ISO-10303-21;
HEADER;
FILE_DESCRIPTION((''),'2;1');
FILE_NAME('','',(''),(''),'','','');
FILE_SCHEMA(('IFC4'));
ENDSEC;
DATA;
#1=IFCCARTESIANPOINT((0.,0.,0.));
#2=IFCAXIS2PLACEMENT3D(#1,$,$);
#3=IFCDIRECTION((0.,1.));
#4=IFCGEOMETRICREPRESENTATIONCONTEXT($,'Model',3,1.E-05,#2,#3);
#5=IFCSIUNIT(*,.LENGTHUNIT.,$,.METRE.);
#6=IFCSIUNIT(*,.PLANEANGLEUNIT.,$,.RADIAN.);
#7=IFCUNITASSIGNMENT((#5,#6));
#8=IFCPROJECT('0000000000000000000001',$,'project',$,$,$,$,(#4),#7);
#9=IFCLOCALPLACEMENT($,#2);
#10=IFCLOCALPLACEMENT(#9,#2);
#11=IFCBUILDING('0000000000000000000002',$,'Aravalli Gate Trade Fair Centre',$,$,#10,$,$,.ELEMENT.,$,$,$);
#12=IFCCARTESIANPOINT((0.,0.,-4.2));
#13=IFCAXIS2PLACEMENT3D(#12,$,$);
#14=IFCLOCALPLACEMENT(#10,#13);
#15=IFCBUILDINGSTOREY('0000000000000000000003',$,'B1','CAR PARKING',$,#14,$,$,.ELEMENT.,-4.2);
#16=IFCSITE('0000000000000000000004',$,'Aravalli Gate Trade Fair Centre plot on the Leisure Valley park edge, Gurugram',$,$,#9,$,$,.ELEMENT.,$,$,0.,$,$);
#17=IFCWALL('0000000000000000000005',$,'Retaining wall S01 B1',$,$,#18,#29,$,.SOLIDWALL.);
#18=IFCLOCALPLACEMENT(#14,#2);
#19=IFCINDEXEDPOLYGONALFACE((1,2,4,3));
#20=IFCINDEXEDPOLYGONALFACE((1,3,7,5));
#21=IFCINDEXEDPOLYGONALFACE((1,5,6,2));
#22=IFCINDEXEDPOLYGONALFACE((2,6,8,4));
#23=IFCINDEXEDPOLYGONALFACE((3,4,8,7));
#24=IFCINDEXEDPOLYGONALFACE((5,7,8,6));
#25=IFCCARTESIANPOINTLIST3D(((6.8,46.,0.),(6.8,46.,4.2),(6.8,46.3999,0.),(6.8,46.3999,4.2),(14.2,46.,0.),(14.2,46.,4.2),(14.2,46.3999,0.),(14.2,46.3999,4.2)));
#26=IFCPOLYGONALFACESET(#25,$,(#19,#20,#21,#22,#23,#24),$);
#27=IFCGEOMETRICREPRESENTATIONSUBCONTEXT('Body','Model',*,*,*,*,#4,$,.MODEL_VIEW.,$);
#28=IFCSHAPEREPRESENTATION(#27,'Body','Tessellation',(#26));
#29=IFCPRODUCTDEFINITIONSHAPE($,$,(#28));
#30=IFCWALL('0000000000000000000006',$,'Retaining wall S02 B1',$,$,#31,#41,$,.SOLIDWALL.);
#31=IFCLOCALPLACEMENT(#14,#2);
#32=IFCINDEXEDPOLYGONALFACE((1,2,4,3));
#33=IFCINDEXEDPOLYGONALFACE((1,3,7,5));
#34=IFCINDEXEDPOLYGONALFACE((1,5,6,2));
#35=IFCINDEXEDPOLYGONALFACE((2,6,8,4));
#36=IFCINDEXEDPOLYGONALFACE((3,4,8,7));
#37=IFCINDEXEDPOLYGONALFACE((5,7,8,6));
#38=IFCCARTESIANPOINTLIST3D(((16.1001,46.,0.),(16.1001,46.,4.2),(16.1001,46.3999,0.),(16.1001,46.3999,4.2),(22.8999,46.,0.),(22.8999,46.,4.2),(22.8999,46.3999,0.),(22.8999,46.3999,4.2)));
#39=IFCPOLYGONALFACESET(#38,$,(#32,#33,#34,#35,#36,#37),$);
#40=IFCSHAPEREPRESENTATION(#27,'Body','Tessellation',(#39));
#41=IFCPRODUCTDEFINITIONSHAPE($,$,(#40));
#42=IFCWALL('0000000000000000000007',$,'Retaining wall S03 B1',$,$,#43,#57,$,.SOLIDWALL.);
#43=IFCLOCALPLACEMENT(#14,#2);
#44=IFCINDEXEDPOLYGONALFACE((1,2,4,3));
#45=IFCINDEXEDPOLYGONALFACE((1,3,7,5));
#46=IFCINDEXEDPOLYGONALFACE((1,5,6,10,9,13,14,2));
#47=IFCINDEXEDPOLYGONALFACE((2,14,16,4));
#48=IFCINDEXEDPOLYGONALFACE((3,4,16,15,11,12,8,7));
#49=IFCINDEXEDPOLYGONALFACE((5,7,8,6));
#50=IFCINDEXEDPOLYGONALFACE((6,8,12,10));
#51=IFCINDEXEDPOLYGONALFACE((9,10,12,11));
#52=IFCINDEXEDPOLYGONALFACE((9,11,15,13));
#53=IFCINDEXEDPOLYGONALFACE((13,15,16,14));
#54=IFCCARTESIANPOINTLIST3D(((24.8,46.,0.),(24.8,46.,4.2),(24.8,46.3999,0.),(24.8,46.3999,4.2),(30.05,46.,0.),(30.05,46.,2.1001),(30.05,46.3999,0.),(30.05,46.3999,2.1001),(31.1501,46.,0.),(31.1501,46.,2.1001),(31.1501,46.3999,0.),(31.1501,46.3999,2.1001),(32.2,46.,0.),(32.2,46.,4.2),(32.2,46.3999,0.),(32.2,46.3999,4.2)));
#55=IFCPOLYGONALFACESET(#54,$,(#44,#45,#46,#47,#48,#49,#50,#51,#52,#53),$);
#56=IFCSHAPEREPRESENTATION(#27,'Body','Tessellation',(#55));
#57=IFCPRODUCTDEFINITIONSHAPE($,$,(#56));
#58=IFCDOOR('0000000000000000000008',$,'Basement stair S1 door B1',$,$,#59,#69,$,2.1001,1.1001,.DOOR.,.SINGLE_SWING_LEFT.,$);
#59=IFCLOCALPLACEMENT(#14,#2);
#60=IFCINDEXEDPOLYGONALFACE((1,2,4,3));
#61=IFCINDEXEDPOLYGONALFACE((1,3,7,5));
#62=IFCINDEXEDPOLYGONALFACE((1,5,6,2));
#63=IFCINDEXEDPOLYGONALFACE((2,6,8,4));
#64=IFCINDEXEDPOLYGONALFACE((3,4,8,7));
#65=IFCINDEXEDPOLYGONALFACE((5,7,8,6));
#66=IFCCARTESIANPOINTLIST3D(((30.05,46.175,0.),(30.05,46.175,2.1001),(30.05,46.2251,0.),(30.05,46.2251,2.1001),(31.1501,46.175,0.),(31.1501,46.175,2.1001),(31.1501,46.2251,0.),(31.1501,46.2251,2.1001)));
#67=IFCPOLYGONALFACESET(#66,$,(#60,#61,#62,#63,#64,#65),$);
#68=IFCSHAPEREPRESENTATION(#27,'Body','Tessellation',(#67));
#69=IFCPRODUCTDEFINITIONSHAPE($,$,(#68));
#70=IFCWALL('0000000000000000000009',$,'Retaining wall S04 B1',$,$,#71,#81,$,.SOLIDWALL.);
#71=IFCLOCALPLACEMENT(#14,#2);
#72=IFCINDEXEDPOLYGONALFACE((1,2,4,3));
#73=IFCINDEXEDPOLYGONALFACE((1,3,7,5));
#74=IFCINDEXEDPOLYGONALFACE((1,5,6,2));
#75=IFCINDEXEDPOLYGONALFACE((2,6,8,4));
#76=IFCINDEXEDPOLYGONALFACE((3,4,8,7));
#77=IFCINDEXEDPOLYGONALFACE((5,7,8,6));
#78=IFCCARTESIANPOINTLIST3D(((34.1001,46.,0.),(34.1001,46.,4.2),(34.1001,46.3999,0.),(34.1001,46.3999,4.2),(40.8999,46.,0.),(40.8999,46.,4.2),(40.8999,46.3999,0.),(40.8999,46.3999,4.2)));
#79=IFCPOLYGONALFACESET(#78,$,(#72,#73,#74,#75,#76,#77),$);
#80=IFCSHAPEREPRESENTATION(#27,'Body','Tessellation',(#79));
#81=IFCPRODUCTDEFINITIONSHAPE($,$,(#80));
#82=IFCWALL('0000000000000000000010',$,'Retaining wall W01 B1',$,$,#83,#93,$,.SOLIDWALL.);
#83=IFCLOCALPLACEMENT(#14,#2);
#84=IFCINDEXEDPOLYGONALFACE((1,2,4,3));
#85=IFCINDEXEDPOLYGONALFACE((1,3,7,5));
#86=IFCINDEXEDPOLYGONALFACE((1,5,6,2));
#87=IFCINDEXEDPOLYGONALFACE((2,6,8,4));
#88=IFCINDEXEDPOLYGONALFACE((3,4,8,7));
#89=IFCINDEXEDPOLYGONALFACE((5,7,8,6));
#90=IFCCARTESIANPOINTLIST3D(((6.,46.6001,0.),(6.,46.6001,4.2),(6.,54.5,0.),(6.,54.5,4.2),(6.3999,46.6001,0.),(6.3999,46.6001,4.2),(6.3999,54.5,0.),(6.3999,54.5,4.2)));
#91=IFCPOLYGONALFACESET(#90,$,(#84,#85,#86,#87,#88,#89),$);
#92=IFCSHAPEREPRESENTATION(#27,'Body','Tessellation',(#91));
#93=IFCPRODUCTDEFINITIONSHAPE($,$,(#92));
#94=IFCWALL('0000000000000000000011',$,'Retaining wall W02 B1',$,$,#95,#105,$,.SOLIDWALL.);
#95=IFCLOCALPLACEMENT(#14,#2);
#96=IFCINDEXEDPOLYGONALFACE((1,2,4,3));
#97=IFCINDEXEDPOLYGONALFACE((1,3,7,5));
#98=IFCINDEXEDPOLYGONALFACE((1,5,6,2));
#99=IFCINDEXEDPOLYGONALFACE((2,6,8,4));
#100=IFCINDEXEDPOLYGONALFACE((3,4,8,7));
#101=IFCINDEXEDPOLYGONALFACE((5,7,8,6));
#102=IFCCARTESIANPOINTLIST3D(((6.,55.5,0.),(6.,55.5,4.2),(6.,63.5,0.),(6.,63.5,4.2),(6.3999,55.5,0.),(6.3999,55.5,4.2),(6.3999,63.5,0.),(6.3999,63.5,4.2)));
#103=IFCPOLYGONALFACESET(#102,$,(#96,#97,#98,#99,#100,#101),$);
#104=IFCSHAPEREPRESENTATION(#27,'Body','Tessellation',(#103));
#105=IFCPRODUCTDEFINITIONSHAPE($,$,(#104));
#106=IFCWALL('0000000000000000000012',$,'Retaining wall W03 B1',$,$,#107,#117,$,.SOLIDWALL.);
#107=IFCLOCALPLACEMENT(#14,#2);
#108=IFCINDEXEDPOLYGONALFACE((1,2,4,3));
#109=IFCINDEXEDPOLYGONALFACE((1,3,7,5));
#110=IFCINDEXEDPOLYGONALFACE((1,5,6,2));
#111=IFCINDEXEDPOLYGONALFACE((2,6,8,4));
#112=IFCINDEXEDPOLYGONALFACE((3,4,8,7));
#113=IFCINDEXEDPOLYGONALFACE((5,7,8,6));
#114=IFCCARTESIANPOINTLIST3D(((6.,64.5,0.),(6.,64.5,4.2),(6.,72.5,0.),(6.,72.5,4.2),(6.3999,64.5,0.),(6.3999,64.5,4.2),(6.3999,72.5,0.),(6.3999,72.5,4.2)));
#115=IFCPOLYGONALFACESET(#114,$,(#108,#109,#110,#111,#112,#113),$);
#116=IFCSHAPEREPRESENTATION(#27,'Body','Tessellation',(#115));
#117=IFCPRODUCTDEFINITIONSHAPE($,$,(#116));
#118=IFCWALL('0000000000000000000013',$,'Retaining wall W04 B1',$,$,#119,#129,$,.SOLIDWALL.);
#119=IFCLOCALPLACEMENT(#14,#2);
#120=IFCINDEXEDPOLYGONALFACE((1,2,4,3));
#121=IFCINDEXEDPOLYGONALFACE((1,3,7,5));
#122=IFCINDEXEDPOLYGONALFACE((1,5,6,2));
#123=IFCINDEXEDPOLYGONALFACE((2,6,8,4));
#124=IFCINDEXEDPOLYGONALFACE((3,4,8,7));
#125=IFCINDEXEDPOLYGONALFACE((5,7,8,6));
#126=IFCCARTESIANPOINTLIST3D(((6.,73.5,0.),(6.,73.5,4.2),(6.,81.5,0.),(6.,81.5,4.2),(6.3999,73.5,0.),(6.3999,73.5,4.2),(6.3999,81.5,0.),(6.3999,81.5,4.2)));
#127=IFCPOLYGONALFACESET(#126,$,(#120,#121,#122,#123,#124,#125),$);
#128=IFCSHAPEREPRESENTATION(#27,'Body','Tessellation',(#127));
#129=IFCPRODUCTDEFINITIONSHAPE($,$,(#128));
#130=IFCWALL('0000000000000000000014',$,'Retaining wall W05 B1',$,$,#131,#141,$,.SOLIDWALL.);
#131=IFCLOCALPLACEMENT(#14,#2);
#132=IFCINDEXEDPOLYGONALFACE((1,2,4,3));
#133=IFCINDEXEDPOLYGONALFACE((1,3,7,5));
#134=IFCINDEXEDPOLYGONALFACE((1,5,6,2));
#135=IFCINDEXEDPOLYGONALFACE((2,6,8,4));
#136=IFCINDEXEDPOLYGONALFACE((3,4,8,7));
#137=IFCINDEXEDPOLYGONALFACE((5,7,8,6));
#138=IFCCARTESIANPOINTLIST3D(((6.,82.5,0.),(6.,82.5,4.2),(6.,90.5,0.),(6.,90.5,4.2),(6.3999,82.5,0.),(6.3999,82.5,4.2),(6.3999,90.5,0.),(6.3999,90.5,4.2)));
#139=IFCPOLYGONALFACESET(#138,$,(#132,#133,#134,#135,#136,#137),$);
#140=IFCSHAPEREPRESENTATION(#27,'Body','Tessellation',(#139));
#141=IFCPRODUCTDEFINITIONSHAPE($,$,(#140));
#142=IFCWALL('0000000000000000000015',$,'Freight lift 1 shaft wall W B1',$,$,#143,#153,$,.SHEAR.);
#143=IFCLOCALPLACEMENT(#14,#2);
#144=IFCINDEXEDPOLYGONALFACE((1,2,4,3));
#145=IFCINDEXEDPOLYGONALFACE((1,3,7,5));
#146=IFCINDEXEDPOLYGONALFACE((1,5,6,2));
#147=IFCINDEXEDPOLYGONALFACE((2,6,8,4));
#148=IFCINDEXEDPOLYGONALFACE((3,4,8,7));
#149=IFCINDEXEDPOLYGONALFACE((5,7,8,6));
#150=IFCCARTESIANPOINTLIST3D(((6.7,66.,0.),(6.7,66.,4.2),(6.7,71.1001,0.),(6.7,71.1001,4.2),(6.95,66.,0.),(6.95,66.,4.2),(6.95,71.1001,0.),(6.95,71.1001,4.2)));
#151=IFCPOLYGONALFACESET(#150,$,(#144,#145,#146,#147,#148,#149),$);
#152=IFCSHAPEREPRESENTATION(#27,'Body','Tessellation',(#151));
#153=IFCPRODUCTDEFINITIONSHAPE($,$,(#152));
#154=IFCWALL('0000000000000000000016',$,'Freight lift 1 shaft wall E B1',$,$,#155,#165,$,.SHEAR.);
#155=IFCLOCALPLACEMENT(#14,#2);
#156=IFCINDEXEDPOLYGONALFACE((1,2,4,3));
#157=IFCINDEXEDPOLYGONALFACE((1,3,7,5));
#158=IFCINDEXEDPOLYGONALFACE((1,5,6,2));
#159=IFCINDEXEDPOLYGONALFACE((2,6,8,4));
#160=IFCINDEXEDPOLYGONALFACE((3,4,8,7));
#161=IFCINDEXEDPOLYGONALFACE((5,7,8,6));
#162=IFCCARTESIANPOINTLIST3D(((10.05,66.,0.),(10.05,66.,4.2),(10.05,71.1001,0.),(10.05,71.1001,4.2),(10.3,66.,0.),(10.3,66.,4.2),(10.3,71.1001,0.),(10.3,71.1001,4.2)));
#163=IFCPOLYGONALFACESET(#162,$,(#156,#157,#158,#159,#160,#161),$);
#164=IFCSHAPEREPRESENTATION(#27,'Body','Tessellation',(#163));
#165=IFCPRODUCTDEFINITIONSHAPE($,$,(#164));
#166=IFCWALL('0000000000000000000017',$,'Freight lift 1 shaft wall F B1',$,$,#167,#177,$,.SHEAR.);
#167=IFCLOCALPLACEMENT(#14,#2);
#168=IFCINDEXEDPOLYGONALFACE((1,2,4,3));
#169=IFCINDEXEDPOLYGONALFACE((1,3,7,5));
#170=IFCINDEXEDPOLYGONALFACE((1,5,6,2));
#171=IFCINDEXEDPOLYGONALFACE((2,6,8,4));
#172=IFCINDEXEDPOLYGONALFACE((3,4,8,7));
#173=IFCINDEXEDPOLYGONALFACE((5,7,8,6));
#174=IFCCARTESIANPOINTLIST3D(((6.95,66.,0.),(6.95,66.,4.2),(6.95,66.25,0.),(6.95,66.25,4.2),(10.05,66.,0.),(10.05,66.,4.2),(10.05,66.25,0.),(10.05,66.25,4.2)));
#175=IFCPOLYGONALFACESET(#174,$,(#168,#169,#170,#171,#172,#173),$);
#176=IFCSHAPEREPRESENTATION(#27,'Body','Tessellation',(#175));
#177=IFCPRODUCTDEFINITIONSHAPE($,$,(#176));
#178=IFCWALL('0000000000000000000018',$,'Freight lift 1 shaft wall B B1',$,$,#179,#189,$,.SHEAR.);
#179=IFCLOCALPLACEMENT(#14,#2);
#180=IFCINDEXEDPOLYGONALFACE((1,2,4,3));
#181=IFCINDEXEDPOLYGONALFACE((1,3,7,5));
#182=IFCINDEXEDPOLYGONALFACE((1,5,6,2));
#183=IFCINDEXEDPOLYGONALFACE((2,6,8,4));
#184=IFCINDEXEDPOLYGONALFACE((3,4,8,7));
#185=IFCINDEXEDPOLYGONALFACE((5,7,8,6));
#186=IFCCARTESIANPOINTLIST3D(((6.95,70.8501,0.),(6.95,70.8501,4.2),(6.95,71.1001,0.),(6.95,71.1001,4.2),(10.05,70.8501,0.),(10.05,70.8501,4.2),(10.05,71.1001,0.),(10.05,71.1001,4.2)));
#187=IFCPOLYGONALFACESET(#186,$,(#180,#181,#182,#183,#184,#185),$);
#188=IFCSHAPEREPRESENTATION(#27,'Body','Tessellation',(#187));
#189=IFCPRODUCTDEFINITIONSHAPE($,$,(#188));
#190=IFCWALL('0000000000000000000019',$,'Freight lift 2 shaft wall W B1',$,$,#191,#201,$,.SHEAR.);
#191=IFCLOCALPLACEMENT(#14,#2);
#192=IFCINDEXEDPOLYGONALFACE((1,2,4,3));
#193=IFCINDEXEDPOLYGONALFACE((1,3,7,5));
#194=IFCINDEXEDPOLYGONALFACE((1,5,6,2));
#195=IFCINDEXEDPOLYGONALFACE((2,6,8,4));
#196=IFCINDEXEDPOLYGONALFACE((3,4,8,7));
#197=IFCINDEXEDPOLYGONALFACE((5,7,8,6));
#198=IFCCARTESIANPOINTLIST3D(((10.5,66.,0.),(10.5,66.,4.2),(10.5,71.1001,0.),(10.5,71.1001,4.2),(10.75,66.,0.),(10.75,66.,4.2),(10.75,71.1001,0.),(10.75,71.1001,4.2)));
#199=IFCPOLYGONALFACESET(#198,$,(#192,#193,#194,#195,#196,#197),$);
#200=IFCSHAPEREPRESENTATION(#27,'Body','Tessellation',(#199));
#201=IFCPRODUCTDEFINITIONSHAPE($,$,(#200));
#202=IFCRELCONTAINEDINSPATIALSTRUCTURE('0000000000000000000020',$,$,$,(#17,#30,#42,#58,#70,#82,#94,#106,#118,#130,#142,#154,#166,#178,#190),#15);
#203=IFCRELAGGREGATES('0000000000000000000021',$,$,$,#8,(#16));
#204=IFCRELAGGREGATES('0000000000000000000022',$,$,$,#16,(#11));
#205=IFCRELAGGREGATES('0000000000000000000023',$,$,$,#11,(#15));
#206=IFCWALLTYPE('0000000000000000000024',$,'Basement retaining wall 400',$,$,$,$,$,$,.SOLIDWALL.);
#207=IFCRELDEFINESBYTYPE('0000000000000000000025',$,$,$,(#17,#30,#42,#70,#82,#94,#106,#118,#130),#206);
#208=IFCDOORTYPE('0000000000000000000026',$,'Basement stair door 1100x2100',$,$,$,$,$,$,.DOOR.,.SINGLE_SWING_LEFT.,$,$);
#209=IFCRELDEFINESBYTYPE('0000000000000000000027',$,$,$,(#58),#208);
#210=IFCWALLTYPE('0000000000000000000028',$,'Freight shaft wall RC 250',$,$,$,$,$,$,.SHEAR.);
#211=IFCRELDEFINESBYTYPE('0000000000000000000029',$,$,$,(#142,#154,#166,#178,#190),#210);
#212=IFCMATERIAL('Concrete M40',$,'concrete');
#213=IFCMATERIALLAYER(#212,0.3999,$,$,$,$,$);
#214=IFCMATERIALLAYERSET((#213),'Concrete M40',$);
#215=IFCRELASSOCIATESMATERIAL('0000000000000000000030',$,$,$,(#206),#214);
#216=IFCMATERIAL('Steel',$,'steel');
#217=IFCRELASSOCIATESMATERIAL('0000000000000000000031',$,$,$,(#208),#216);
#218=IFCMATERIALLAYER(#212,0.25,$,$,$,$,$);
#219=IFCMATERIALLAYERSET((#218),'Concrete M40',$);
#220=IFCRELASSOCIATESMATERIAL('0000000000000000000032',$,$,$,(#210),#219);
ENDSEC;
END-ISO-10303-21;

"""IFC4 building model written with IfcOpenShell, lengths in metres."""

from ifc_helpers import new_model, si_unit, direction, frame, frame_2d, origin, place, context, subcontext, project, spatial, rectangle, extrude, material, layer, layer_set, type_object, element, fill, save


model = new_model("IFC4")

# Units and contexts
model_context = context("Model", 3, precision=1e-05, world=origin(), true_north=direction((0.0, 1.0)))
body_context = subcontext(model_context, "Body", "Model", "MODEL_VIEW")
ifc_project = project(units=[si_unit("LENGTHUNIT", "METRE"), si_unit("PLANEANGLEUNIT", "RADIAN")], contexts=[model_context])

# Site, building, storey
site_placement = place(None, origin())
site = spatial("IfcSite", under=ifc_project, at=site_placement, Name="Aravalli Gate Trade Fair Centre plot on the Leisure Valley park edge, Gurugram", CompositionType="ELEMENT", RefElevation=0.0)
building_placement = place(site_placement, origin())
building = spatial("IfcBuilding", under=site, at=building_placement, Name="Aravalli Gate Trade Fair Centre", CompositionType="ELEMENT")
storey_placement = place(building_placement, frame((0.0, 0.0, -4.2)))
storey = spatial("IfcBuildingStorey", under=building, at=storey_placement, Name="B1", Description="CAR PARKING", CompositionType="ELEMENT", Elevation=-4.2)

# Walls
ifc_material_1 = material(Name="Concrete M40", Category="concrete")
ifc_layer_1 = layer(ifc_material_1, 0.3999)
ifc_layer_set_1 = layer_set([ifc_layer_1], Name="Concrete M40")
wall_type_1 = type_object("IfcWallType", Name="Basement retaining wall 400", PredefinedType="SOLIDWALL", material=ifc_layer_set_1)
wall_1_placement = place(storey_placement, frame((6.8, 46.2, 0.0), z_axis=(0.0, 0.0, 1.0), x_axis=(1.0, 0.0, 0.0)))
element("IfcWall", 1, at=wall_1_placement, inside=storey, type_object=wall_type_1, Name="Retaining wall S01 B1", PredefinedType="SOLIDWALL", context=body_context, shape_type="SweptSolid", body=[
    extrude(rectangle(XDim=7.3999, YDim=0.3999, at=frame_2d((3.7, 0.0))), origin(), (0.0, 0.0, 1.0), 4.2),
])
wall_2_placement = place(storey_placement, frame((16.1001, 46.2, 0.0), z_axis=(0.0, 0.0, 1.0), x_axis=(1.0, 0.0, 0.0)))
element("IfcWall", 2, at=wall_2_placement, inside=storey, type_object=wall_type_1, Name="Retaining wall S02 B1", PredefinedType="SOLIDWALL", context=body_context, shape_type="SweptSolid", body=[
    extrude(rectangle(XDim=6.7998, YDim=0.3999, at=frame_2d((3.3999, 0.0))), origin(), (0.0, 0.0, 1.0), 4.2),
])

# Wall, opening, door
wall_3_placement = place(storey_placement, frame((24.8, 46.2, 0.0), z_axis=(0.0, 0.0, 1.0), x_axis=(1.0, 0.0, 0.0)))
wall_3 = element("IfcWall", 3, at=wall_3_placement, inside=storey, type_object=wall_type_1, Name="Retaining wall S03 B1", PredefinedType="SOLIDWALL", context=body_context, shape_type="SweptSolid", body=[
    extrude(rectangle(XDim=7.3999, YDim=0.3999, at=frame_2d((3.7, 0.0))), origin(), (0.0, 0.0, 1.0), 4.2),
])
opening_placement = place(wall_3_placement, frame((5.25, 0.0, 0.0)))
opening = element("IfcOpeningElement", 4, at=opening_placement, cuts=wall_3, PredefinedType="OPENING", context=body_context, shape_type="SweptSolid", body=[
    extrude(rectangle(XDim=1.1001, YDim=2.1001, at=frame_2d((0.55, 1.05))), frame((0.0, 0.21, 0.0), z_axis=(0.0, -1.0, 0.0), x_axis=(1.0, 0.0, 0.0)), (0.0, 0.0, 1.0), 0.4199),
])
ifc_material_2 = material(Name="Steel", Category="steel")
door_type = type_object("IfcDoorType", Name="Basement stair door 1100x2100", OperationType="SINGLE_SWING_LEFT", PredefinedType="DOOR", material=ifc_material_2)
door_placement = place(opening_placement, frame((1.1001, 0.0, 0.0), z_axis=(0.0, 0.0, 1.0), x_axis=(-1.0, 0.0, 0.0)))
door = element("IfcDoor", 5, at=door_placement, inside=storey, type_object=door_type, Name="Basement stair S1 door B1", OperationType="SINGLE_SWING_LEFT", OverallHeight=2.1001, OverallWidth=1.1001, PredefinedType="DOOR", context=body_context, shape_type="SweptSolid", body=[
    extrude(rectangle(XDim=1.1001, YDim=2.1001, at=frame_2d((0.55, 1.05))), frame((0.0, 0.0249, 0.0), z_axis=(0.0, -1.0, 0.0), x_axis=(1.0, 0.0, 0.0)), (0.0, 0.0, 1.0), 0.05),
])
fill(opening, door)

# Walls
wall_4_placement = place(storey_placement, frame((34.1001, 46.2, 0.0), z_axis=(0.0, 0.0, 1.0), x_axis=(1.0, 0.0, 0.0)))
element("IfcWall", 6, at=wall_4_placement, inside=storey, type_object=wall_type_1, Name="Retaining wall S04 B1", PredefinedType="SOLIDWALL", context=body_context, shape_type="SweptSolid", body=[
    extrude(rectangle(XDim=6.7998, YDim=0.3999, at=frame_2d((3.3999, 0.0))), origin(), (0.0, 0.0, 1.0), 4.2),
])
wall_5_placement = place(storey_placement, frame((6.2, 46.6001, 0.0), z_axis=(0.0, 0.0, 1.0), x_axis=(0.0, 1.0, 0.0)))
element("IfcWall", 7, at=wall_5_placement, inside=storey, type_object=wall_type_1, Name="Retaining wall W01 B1", PredefinedType="SOLIDWALL", context=body_context, shape_type="SweptSolid", body=[
    extrude(rectangle(XDim=7.8999, YDim=0.3999, at=frame_2d((3.95, 0.0))), origin(), (0.0, 0.0, 1.0), 4.2),
])
for number, where, z_axis, x_axis, name in (
    (8, (6.2, 55.5, 0.0), (0.0, 0.0, 1.0), (0.0, 1.0, 0.0), "Retaining wall W02 B1"),
    (9, (6.2, 64.5, 0.0), (0.0, 0.0, 1.0), (0.0, 1.0, 0.0), "Retaining wall W03 B1"),
    (10, (6.2, 73.5, 0.0), (0.0, 0.0, 1.0), (0.0, 1.0, 0.0), "Retaining wall W04 B1"),
    (11, (6.2, 82.5, 0.0), (0.0, 0.0, 1.0), (0.0, 1.0, 0.0), "Retaining wall W05 B1"),
):
    element("IfcWall", number, at=place(storey_placement, frame(where, z_axis=z_axis, x_axis=x_axis)), inside=storey, type_object=wall_type_1, Name=name, PredefinedType="SOLIDWALL", context=body_context, shape_type="SweptSolid", body=[
        extrude(rectangle(XDim=8.0, YDim=0.3999, at=frame_2d((4.0, 0.0))), origin(), (0.0, 0.0, 1.0), 4.2),
    ])
ifc_layer_2 = layer(ifc_material_1, 0.25)
ifc_layer_set_2 = layer_set([ifc_layer_2], Name="Concrete M40")
wall_type_2 = type_object("IfcWallType", Name="Freight shaft wall RC 250", PredefinedType="SHEAR", material=ifc_layer_set_2)
for number, where, z_axis, x_axis, name in (
    (12, (6.825, 66.0, 0.0), (0.0, 0.0, 1.0), (0.0, 1.0, 0.0), "Freight lift 1 shaft wall W B1"),
    (13, (10.175, 66.0, 0.0), (0.0, 0.0, 1.0), (0.0, 1.0, 0.0), "Freight lift 1 shaft wall E B1"),
):
    element("IfcWall", number, at=place(storey_placement, frame(where, z_axis=z_axis, x_axis=x_axis)), inside=storey, type_object=wall_type_2, Name=name, PredefinedType="SHEAR", context=body_context, shape_type="SweptSolid", body=[
        extrude(rectangle(XDim=5.1001, YDim=0.25, at=frame_2d((2.55, 0.0))), origin(), (0.0, 0.0, 1.0), 4.2),
    ])
for number, where, z_axis, x_axis, name in (
    (14, (6.95, 66.125, 0.0), (0.0, 0.0, 1.0), (1.0, 0.0, 0.0), "Freight lift 1 shaft wall F B1"),
    (15, (6.95, 70.9751, 0.0), (0.0, 0.0, 1.0), (1.0, 0.0, 0.0), "Freight lift 1 shaft wall B B1"),
):
    element("IfcWall", number, at=place(storey_placement, frame(where, z_axis=z_axis, x_axis=x_axis)), inside=storey, type_object=wall_type_2, Name=name, PredefinedType="SHEAR", context=body_context, shape_type="SweptSolid", body=[
        extrude(rectangle(XDim=3.1001, YDim=0.25, at=frame_2d((1.55, 0.0))), origin(), (0.0, 0.0, 1.0), 4.2),
    ])
for number, where, z_axis, x_axis, name in (
    (16, (10.625, 66.0, 0.0), (0.0, 0.0, 1.0), (0.0, 1.0, 0.0), "Freight lift 2 shaft wall W B1"),
):
    element("IfcWall", number, at=place(storey_placement, frame(where, z_axis=z_axis, x_axis=x_axis)), inside=storey, type_object=wall_type_2, Name=name, PredefinedType="SHEAR", context=body_context, shape_type="SweptSolid", body=[
        extrude(rectangle(XDim=5.1001, YDim=0.25, at=frame_2d((2.55, 0.0))), origin(), (0.0, 0.0, 1.0), 4.2),
    ])

save(model, "model.ifc")
